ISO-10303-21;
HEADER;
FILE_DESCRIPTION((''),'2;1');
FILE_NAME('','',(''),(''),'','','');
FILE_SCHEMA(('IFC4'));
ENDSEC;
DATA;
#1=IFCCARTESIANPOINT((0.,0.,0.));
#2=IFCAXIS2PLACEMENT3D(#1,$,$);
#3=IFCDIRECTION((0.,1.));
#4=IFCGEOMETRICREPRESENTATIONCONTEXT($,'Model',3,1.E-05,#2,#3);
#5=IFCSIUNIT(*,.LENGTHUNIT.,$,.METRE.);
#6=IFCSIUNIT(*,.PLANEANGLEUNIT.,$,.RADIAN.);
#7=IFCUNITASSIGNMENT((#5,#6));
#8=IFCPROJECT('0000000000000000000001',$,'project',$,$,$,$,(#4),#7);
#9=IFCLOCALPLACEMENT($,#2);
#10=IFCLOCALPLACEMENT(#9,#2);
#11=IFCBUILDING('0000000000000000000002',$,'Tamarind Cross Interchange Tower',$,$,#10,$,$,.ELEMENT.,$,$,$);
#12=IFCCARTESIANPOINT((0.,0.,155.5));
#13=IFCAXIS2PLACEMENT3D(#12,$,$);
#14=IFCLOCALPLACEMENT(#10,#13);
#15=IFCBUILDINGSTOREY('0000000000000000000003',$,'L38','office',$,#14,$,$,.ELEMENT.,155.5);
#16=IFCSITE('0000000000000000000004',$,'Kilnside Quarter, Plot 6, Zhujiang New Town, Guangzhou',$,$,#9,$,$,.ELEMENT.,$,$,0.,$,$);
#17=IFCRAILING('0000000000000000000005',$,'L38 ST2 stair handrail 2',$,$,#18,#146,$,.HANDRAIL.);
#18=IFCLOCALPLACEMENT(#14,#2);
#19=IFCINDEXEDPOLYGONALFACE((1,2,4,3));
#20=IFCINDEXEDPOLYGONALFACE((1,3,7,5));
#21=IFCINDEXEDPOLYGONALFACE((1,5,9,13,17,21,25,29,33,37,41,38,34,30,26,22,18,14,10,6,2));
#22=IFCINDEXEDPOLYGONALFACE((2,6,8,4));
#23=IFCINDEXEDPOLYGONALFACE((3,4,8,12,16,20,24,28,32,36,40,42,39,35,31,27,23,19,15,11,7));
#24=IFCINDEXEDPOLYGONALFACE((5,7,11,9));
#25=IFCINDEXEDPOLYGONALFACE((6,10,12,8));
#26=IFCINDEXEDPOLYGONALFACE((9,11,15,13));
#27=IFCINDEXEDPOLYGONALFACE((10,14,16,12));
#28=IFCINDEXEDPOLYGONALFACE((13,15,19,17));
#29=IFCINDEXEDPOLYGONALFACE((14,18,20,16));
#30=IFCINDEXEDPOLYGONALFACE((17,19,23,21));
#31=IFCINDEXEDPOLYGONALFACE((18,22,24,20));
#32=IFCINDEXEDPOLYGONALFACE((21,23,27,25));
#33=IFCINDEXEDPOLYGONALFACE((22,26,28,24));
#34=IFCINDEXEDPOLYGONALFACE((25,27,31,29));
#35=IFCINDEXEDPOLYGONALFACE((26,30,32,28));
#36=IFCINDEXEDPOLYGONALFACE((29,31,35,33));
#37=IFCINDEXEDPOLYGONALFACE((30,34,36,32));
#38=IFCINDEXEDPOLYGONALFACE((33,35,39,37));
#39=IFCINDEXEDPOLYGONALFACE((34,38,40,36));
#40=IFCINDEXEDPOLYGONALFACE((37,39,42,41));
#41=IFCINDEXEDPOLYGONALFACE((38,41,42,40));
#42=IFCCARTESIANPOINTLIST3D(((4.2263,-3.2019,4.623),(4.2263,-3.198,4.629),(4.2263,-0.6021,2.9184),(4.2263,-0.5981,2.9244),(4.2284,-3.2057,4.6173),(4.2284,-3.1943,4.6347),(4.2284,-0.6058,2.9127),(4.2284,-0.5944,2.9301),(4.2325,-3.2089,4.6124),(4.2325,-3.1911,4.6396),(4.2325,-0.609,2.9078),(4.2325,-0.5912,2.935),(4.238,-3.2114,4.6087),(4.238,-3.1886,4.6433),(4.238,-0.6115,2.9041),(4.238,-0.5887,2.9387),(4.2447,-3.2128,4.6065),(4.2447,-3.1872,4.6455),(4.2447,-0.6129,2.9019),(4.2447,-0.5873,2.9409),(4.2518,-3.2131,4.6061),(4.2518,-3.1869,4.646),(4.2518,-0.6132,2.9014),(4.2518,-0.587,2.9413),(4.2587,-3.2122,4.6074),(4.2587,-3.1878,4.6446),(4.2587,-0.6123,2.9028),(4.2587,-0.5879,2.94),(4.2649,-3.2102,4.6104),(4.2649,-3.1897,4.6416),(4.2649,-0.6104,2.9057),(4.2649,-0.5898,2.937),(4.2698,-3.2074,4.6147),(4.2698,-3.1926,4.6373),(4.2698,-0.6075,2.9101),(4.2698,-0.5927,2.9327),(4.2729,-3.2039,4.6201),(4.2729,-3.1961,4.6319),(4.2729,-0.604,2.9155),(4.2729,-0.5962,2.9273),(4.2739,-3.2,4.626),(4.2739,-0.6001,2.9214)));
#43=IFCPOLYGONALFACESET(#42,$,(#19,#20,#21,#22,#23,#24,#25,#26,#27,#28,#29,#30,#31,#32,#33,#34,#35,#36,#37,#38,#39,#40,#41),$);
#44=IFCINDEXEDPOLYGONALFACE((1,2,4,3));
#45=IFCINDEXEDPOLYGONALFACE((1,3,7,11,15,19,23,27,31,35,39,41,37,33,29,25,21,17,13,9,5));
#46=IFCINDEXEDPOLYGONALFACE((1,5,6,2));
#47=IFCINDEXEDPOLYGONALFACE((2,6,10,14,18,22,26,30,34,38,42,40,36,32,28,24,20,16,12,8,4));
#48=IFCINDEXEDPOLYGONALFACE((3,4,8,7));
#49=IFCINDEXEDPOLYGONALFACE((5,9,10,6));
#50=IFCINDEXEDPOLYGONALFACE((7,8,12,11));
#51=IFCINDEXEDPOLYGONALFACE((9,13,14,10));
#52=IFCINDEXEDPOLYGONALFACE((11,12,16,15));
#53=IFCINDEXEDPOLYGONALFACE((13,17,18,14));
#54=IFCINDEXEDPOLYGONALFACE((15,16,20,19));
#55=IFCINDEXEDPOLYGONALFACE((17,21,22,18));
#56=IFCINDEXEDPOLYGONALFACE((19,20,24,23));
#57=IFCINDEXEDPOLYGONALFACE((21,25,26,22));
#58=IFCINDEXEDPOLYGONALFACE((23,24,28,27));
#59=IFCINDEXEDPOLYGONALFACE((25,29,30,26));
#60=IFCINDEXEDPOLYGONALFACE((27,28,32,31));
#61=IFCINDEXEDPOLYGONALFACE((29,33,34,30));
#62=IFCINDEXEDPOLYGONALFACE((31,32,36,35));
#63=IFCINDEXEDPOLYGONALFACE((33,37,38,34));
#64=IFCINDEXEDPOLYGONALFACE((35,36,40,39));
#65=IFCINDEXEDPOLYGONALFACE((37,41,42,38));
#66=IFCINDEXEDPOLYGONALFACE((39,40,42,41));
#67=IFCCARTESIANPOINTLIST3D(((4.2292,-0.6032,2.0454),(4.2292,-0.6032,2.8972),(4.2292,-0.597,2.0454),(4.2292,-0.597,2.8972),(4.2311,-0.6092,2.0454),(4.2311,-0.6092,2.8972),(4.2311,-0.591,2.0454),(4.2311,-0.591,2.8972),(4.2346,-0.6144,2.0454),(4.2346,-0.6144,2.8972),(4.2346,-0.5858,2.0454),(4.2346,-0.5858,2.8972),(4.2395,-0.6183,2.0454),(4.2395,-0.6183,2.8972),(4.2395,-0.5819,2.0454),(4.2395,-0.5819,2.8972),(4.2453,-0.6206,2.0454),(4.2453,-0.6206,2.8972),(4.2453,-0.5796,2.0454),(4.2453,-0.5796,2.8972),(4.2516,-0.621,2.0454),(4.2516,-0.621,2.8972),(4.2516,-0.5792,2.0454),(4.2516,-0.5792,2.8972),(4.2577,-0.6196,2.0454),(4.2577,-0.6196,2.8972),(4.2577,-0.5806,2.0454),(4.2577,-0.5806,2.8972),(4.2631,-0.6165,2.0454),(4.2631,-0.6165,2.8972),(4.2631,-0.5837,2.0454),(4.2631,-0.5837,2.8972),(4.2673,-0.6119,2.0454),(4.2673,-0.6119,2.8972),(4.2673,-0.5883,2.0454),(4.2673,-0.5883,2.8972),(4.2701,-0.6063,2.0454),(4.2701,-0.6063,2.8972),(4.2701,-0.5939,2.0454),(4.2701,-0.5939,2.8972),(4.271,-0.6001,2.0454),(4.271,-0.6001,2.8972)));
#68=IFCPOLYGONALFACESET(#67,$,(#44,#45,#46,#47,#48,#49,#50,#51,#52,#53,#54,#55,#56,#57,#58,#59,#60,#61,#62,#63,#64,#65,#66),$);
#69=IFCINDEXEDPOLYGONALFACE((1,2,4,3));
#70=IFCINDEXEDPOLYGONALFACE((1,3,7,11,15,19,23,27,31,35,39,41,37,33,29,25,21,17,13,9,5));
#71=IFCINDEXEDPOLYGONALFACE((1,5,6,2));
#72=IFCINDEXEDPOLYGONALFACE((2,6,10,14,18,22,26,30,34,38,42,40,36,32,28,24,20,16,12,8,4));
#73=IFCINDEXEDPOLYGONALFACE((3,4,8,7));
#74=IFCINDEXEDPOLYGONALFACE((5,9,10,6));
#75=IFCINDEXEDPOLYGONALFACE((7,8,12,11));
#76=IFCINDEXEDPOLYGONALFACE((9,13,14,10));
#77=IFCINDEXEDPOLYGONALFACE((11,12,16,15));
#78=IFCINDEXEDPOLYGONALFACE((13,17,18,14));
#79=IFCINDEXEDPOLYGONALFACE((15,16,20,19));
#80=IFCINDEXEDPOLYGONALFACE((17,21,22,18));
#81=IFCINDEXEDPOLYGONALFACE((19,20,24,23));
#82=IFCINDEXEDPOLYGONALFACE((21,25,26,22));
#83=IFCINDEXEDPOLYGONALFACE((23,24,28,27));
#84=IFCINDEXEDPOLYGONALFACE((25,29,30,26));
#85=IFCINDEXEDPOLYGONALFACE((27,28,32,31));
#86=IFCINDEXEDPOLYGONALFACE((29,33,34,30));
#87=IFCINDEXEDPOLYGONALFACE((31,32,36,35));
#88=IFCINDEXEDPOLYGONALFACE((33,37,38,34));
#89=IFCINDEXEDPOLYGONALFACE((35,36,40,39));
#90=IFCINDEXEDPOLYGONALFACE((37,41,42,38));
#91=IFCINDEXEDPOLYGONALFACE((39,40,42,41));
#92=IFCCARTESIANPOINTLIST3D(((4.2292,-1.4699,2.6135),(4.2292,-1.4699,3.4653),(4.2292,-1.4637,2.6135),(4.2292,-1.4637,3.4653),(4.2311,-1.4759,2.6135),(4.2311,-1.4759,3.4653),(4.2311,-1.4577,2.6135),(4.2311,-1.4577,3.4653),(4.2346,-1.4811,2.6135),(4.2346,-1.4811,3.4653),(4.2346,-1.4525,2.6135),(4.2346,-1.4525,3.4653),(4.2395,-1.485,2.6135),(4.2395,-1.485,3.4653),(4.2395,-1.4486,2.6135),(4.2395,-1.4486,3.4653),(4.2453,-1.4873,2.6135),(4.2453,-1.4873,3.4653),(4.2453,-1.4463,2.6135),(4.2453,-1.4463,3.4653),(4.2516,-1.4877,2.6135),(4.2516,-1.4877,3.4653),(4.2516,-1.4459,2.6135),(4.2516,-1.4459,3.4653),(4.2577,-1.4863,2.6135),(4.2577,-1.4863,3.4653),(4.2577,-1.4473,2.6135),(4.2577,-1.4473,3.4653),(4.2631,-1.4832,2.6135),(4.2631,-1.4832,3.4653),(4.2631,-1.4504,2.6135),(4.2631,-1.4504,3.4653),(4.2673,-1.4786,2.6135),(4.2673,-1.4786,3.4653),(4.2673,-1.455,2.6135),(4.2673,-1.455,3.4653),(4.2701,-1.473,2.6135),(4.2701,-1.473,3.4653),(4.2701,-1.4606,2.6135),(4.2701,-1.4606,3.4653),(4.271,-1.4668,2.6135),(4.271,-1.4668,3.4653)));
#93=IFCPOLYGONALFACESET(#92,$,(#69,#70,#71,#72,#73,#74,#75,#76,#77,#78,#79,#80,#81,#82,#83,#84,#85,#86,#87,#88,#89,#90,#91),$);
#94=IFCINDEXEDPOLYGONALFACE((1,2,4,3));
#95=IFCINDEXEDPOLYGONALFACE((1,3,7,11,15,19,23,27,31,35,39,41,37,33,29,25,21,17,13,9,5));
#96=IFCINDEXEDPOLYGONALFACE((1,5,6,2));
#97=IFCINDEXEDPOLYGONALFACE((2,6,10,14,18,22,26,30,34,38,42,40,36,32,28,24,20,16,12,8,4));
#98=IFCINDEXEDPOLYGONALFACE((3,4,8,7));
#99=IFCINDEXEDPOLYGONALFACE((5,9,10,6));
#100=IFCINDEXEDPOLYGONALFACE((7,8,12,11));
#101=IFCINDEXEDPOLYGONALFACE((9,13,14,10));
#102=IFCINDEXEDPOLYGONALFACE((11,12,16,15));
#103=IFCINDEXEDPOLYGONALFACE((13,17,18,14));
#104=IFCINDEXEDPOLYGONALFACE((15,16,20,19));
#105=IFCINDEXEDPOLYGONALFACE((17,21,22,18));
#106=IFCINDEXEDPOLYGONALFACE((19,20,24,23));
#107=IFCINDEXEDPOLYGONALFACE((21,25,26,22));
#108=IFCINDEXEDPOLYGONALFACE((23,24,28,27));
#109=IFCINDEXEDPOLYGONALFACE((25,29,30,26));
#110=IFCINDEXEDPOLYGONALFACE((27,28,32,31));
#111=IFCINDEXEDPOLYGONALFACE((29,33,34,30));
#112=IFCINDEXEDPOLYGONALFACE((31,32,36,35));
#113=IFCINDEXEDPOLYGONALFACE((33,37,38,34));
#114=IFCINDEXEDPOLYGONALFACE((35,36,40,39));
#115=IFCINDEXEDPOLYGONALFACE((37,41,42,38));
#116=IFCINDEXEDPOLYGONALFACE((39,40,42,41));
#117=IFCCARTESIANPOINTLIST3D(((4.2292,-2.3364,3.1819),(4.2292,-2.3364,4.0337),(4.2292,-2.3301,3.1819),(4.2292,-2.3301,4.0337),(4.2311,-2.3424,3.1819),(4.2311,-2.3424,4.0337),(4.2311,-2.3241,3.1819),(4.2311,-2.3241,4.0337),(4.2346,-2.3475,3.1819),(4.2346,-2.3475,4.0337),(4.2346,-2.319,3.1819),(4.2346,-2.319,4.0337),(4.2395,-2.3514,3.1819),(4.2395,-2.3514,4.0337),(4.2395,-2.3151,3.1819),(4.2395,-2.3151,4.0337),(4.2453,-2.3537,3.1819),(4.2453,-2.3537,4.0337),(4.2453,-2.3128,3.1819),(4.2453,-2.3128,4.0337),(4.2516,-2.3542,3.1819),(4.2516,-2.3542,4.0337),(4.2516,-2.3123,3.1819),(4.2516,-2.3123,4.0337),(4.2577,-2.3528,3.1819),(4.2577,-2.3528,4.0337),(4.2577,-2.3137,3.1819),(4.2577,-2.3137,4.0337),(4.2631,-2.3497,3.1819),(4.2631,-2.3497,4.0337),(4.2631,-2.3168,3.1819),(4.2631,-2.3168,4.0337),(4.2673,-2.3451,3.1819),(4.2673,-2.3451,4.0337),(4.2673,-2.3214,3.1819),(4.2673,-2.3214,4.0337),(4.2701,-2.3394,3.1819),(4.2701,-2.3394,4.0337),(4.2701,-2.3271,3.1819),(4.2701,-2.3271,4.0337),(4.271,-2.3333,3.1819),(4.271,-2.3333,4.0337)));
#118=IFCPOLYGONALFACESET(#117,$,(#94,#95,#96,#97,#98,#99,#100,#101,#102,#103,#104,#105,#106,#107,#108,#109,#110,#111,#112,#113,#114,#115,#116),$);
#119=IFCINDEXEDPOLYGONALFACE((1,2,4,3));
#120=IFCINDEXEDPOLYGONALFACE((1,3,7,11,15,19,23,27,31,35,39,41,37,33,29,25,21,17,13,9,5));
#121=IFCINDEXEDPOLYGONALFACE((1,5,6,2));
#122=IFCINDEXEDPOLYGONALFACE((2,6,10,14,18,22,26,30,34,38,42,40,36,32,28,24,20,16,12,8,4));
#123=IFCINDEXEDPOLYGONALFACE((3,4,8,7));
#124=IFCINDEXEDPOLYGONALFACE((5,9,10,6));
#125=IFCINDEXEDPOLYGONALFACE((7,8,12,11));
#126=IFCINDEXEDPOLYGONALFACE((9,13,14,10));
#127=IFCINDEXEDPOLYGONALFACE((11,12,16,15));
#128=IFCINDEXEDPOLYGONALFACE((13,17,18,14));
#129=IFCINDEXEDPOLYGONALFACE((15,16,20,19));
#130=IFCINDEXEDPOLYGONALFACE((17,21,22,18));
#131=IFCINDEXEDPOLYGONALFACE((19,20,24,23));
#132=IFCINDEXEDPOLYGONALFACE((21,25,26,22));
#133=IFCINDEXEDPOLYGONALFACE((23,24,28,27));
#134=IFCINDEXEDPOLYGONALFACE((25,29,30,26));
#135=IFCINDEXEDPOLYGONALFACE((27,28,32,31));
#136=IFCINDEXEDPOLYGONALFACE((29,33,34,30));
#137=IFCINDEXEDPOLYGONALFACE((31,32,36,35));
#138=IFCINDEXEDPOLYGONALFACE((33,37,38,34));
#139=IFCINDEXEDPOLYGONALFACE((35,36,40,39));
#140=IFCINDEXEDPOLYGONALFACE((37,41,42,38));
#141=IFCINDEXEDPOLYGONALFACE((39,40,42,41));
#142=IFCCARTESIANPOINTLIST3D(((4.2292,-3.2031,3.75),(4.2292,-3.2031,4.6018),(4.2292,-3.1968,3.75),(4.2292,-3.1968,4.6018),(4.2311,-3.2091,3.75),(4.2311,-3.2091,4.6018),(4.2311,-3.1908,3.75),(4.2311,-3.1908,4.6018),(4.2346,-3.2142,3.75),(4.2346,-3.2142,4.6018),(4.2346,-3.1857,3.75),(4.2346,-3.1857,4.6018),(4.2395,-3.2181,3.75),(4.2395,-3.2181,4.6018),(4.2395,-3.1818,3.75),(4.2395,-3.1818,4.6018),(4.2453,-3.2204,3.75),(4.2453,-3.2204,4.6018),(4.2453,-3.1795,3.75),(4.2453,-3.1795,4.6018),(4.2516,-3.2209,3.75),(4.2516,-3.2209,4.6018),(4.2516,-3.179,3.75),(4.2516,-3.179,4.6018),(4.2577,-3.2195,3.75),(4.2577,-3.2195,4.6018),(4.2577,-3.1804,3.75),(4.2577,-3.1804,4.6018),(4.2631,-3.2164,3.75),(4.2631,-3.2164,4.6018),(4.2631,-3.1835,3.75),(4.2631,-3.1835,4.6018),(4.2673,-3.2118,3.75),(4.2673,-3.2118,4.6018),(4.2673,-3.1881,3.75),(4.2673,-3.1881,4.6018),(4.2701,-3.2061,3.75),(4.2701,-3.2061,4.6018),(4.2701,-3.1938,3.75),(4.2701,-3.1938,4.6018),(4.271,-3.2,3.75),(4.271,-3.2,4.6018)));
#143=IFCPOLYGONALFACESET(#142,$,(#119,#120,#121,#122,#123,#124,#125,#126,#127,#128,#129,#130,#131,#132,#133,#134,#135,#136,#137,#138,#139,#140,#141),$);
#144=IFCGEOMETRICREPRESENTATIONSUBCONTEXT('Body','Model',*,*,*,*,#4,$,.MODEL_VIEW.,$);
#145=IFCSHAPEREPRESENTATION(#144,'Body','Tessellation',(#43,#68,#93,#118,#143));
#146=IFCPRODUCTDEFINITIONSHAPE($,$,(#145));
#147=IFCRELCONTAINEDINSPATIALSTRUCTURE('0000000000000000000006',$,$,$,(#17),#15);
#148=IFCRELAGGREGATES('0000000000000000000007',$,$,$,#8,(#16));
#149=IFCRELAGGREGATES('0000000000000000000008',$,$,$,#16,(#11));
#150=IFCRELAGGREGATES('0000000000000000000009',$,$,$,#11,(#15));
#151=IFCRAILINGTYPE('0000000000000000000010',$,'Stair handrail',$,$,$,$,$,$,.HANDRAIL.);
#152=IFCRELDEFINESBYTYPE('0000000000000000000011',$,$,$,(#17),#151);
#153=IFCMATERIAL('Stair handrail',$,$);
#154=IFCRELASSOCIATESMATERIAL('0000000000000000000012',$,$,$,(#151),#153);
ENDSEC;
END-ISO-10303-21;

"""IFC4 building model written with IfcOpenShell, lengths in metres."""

from ifc_helpers import new_model, si_unit, direction, frame, origin, origin_2d, place, context, subcontext, project, spatial, circle, extrude, material, type_object, element, save


model = new_model("IFC4")

# Units and contexts
model_context = context("Model", 3, precision=1e-05, world=origin(), true_north=direction((0.0, 1.0)))
body_context = subcontext(model_context, "Body", "Model", "MODEL_VIEW")
ifc_project = project(units=[si_unit("LENGTHUNIT", "METRE"), si_unit("PLANEANGLEUNIT", "RADIAN")], contexts=[model_context])

# Site, building, storey
site_placement = place(None, origin())
site = spatial("IfcSite", under=ifc_project, at=site_placement, Name="Kilnside Quarter, Plot 6, Zhujiang New Town, Guangzhou", CompositionType="ELEMENT", RefElevation=0.0)
building_placement = place(site_placement, origin())
building = spatial("IfcBuilding", under=site, at=building_placement, Name="Tamarind Cross Interchange Tower", CompositionType="ELEMENT")
storey_placement = place(building_placement, frame((0.0, 0.0, 155.5)))
storey = spatial("IfcBuildingStorey", under=building, at=storey_placement, Name="L38", Description="office", CompositionType="ELEMENT", Elevation=155.5)

# Railing
ifc_material_1 = material(Name="Stair handrail")
railing_type_1 = type_object("IfcRailingType", Name="Stair handrail", PredefinedType="HANDRAIL", material=ifc_material_1)
railing_1_placement = place(storey_placement, frame((4.25, -0.6001, 2.0454)))
element("IfcRailing", 1, at=railing_1_placement, inside=storey, type_object=railing_type_1, Name="L38 ST2 stair handrail 2", PredefinedType="HANDRAIL", context=body_context, shape_type="SweptSolid", body=[
    extrude(circle(Radius=0.0239, at=origin_2d()), frame((0.0, 0.0, 0.876), z_axis=(0.0, -0.836279, 0.548305), x_axis=(1.0, 0.0, 0.0)), (0.0, 0.0, 1.0), 3.1089),
    extrude(circle(Radius=0.021, at=origin_2d()), origin(), (0.0, 0.0, 1.0), 0.8518),
    extrude(circle(Radius=0.021, at=origin_2d()), frame((0.0, -0.8667, 0.5681)), (0.0, 0.0, 1.0), 0.8518),
    extrude(circle(Radius=0.021, at=origin_2d()), frame((0.0, -1.7332, 1.1365)), (0.0, 0.0, 1.0), 0.8518),
    extrude(circle(Radius=0.021, at=origin_2d()), frame((0.0, -2.5999, 1.7046)), (0.0, 0.0, 1.0), 0.8518),
])

save(model, "model.ifc")
